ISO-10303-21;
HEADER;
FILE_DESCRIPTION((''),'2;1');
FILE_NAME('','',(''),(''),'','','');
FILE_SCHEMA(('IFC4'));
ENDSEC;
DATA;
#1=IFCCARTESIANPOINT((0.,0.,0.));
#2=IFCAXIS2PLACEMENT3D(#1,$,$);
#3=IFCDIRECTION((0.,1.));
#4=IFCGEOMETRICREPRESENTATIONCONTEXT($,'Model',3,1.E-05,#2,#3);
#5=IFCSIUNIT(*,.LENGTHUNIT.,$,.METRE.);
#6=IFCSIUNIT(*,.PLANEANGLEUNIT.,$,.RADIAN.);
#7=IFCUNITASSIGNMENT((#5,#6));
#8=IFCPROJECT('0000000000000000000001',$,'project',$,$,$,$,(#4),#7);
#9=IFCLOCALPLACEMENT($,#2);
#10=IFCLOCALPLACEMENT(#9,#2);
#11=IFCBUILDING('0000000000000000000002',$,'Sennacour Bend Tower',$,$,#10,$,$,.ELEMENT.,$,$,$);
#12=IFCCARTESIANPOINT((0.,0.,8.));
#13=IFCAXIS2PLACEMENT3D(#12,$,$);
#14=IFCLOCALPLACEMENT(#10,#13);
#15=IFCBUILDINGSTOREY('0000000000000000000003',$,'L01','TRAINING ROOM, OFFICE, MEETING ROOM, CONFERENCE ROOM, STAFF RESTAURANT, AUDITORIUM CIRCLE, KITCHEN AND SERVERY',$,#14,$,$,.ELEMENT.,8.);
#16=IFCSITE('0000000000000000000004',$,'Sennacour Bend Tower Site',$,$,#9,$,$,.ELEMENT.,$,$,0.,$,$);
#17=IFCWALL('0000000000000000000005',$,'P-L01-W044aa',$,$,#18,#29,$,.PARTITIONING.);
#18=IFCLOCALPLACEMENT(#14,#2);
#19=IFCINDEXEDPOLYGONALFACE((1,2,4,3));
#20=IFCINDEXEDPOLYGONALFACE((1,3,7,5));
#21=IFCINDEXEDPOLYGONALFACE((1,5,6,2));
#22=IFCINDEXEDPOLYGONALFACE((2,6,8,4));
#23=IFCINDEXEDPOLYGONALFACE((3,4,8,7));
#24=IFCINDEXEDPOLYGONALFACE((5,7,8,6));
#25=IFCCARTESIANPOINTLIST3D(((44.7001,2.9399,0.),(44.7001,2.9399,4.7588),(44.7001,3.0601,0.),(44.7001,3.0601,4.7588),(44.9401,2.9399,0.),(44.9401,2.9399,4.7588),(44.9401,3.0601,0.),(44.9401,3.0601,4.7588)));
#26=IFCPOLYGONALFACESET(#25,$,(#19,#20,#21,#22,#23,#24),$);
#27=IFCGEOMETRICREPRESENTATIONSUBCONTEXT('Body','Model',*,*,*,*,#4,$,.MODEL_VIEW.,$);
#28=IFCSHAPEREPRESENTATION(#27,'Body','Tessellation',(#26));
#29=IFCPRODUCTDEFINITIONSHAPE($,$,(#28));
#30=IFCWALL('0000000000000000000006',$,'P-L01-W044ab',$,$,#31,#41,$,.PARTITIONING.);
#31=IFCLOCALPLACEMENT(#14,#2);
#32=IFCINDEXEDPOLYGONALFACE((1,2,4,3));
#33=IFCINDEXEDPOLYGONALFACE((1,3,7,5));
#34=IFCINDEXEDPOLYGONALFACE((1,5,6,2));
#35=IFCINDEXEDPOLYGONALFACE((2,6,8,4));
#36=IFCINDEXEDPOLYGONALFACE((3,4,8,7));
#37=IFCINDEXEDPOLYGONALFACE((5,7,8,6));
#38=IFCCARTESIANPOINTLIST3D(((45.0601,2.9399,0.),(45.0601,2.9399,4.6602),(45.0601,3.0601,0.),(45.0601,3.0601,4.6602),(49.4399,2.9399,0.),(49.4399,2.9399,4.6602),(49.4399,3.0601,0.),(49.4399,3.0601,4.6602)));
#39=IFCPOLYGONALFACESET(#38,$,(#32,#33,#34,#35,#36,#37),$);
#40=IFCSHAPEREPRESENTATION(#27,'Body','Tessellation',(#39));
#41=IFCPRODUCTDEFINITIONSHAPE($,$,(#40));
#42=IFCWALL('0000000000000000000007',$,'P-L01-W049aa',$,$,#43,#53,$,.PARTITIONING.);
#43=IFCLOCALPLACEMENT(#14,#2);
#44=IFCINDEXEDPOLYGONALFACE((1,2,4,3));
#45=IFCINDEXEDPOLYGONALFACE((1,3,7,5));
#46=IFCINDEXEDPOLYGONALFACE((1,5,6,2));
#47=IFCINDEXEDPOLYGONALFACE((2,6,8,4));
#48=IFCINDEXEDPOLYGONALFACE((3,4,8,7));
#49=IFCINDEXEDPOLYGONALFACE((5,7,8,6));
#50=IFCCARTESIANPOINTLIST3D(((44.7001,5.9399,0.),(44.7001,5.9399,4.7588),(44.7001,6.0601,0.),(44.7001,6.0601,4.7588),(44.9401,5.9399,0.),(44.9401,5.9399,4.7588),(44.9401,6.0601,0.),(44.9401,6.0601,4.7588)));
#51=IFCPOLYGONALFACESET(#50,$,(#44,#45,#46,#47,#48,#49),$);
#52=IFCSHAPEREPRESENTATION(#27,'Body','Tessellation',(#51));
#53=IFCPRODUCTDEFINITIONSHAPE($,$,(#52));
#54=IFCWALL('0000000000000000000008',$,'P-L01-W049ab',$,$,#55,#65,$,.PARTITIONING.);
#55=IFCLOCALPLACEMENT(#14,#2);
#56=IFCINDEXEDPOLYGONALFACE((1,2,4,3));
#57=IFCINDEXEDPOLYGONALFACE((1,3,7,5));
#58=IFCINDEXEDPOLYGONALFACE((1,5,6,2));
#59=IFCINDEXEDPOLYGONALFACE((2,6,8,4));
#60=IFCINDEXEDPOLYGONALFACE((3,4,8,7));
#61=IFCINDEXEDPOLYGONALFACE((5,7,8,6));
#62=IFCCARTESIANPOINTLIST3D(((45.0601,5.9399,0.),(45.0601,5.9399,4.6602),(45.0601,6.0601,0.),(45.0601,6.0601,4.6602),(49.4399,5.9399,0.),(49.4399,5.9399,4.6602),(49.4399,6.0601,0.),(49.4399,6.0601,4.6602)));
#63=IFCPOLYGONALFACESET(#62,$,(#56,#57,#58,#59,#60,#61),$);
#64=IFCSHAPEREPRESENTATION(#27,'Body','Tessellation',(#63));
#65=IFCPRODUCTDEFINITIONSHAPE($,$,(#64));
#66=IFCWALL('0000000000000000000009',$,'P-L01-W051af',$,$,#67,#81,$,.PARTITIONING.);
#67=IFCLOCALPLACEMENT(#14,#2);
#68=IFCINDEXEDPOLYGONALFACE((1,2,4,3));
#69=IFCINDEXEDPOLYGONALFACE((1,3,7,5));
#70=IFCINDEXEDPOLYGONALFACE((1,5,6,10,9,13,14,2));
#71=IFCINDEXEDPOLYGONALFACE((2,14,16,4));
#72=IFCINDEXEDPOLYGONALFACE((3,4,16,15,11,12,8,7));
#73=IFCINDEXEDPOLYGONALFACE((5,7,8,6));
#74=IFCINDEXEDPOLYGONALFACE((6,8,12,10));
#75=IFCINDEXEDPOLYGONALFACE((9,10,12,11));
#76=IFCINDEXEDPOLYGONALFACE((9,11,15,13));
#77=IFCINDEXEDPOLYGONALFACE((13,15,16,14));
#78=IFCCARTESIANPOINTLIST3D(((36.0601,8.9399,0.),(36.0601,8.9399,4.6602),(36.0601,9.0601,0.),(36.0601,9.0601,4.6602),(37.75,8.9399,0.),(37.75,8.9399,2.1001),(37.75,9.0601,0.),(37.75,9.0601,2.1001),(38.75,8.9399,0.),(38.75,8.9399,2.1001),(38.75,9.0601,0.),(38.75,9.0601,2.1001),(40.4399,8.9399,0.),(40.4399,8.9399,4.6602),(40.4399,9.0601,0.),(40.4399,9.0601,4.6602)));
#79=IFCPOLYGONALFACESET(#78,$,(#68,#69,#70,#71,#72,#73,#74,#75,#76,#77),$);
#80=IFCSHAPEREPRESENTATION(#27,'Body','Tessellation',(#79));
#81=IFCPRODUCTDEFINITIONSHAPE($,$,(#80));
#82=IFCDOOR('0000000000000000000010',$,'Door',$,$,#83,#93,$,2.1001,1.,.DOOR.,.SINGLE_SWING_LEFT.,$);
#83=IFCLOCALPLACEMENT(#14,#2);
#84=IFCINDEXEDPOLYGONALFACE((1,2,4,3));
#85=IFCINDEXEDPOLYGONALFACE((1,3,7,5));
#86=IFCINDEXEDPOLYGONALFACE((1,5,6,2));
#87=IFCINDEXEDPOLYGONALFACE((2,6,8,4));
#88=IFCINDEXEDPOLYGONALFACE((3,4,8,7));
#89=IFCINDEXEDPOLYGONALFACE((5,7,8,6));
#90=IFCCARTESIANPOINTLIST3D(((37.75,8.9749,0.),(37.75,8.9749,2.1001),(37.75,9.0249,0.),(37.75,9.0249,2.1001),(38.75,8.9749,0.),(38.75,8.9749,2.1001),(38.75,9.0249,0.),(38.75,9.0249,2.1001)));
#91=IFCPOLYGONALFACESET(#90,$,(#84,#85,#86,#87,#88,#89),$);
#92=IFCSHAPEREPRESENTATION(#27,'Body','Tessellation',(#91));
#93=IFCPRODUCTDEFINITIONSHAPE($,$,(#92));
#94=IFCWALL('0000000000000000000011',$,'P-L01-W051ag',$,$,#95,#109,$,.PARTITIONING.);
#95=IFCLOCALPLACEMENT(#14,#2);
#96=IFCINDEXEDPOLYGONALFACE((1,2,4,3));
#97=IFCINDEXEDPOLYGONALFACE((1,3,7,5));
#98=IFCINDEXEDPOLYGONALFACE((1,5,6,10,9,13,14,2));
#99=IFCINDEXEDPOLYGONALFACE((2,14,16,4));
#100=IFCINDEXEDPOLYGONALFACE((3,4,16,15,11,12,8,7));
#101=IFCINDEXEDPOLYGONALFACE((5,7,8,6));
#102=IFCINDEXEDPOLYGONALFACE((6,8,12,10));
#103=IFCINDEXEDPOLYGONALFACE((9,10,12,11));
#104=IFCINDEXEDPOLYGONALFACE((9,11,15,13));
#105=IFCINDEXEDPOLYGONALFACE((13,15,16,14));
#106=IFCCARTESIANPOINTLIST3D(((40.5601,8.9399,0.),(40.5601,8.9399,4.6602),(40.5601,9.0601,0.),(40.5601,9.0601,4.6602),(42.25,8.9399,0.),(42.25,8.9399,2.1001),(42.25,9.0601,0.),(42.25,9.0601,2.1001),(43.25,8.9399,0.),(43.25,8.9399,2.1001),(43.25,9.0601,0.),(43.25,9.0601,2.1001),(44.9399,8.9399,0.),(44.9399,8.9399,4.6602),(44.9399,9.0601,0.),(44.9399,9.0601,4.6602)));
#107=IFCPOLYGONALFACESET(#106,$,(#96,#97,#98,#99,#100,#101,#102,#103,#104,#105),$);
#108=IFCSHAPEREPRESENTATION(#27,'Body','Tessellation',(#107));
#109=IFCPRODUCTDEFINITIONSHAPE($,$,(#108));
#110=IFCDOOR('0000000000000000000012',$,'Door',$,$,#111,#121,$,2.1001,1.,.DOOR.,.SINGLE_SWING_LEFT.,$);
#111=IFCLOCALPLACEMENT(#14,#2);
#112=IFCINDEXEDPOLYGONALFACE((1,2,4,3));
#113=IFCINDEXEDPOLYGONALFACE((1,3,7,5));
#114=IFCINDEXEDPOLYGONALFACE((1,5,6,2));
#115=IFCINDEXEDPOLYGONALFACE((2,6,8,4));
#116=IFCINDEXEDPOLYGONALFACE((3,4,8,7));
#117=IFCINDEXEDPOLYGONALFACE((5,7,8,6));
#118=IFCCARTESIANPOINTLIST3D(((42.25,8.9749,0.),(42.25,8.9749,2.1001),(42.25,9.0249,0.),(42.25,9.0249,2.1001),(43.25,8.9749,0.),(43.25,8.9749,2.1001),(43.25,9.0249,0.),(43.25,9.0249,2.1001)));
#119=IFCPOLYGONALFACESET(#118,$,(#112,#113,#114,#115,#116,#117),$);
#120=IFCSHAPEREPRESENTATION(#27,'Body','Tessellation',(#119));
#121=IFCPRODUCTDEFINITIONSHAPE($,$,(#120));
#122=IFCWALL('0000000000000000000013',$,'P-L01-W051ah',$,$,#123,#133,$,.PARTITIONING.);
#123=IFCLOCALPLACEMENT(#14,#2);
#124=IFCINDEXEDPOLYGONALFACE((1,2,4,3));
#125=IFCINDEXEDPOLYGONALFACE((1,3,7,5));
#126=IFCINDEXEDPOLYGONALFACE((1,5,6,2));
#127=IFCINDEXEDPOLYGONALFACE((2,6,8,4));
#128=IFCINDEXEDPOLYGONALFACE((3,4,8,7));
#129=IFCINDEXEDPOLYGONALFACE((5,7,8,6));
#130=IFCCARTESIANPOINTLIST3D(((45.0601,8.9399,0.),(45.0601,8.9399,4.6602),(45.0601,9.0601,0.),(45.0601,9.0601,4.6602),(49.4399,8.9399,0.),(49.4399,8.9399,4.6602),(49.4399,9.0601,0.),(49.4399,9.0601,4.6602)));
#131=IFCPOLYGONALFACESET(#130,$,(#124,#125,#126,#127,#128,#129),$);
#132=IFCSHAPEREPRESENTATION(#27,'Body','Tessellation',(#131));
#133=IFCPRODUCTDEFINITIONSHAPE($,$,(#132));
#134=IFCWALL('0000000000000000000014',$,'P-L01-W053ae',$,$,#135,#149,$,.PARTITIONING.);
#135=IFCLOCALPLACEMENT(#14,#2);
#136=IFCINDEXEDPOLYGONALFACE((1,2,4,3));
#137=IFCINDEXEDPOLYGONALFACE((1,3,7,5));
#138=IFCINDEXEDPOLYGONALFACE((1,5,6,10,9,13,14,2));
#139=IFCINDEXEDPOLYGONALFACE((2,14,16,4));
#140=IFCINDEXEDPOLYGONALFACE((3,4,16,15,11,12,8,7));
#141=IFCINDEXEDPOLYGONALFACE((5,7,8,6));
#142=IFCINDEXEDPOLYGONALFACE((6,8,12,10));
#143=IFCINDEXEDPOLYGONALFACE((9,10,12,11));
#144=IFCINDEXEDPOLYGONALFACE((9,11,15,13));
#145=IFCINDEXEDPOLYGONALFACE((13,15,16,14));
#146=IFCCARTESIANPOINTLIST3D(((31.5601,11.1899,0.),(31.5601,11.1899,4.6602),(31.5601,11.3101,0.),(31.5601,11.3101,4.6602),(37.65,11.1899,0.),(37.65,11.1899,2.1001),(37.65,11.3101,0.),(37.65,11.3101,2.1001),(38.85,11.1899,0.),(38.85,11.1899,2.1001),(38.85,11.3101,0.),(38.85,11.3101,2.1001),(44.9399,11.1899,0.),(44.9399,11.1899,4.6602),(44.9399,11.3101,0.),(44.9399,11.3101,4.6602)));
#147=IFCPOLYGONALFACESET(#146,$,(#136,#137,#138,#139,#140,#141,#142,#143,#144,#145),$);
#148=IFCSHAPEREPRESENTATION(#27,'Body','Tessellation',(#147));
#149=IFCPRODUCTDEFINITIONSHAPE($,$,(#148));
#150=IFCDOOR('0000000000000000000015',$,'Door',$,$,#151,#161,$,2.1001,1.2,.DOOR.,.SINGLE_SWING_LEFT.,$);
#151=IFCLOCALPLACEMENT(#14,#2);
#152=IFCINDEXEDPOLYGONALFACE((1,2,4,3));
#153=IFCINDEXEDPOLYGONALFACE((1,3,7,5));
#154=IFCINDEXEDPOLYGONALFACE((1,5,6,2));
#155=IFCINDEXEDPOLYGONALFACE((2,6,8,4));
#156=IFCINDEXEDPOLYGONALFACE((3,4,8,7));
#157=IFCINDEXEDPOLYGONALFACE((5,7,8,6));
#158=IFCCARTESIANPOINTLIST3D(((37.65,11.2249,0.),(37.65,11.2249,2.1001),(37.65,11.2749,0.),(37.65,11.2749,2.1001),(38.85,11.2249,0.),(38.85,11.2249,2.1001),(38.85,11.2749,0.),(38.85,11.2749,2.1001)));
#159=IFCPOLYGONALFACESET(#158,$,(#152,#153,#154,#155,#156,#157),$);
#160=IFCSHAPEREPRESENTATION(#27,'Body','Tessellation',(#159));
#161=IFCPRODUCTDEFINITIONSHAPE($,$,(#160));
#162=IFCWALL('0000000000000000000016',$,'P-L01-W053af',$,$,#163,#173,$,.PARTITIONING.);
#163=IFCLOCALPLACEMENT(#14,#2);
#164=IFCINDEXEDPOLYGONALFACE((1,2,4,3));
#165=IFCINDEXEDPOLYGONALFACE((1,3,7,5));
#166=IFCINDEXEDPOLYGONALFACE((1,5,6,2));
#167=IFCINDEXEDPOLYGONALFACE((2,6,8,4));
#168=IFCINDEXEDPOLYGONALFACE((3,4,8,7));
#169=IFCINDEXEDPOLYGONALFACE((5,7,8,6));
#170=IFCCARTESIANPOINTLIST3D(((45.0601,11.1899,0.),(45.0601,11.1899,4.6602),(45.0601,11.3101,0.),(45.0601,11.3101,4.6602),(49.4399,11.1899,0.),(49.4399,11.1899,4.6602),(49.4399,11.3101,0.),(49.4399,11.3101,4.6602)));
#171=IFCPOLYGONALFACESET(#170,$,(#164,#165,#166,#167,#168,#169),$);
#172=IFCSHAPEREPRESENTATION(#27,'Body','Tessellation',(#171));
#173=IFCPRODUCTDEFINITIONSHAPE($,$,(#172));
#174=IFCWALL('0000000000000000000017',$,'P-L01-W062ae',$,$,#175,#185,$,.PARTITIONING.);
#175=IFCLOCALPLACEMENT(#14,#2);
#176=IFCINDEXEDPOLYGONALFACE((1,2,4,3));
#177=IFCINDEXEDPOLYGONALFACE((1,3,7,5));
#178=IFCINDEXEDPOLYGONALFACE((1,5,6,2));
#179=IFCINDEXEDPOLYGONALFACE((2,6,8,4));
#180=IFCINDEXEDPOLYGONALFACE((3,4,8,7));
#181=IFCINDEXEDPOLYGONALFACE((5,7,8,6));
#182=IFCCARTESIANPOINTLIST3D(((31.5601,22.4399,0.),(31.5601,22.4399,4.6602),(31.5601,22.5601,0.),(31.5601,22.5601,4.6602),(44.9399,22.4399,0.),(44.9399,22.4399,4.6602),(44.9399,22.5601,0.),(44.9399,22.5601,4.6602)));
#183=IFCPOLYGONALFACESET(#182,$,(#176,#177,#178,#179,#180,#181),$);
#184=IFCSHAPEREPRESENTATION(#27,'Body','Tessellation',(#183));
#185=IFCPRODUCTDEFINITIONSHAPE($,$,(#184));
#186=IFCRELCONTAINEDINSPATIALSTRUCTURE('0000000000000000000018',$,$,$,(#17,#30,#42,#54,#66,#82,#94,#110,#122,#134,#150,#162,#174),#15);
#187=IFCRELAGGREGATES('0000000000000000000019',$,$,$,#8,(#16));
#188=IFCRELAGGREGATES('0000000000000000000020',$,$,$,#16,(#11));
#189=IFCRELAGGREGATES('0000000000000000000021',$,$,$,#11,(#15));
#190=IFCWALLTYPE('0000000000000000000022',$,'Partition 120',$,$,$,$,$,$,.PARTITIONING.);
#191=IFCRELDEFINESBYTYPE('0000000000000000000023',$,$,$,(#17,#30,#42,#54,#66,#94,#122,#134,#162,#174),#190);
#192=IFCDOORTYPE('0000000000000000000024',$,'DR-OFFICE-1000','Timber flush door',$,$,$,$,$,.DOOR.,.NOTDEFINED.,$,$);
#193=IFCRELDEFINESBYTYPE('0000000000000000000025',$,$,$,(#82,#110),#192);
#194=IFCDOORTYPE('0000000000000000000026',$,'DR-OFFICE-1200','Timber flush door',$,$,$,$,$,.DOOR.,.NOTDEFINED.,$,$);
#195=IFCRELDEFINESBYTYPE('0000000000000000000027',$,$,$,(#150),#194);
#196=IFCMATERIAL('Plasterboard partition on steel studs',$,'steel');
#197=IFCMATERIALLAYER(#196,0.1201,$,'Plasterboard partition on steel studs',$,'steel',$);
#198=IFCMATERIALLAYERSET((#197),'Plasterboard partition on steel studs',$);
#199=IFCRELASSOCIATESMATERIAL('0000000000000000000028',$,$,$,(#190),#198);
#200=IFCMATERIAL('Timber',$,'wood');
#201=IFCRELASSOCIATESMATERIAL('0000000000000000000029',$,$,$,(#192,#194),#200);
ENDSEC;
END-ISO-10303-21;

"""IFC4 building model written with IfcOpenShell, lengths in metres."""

from ifc_helpers import new_model, si_unit, direction, frame, frame_2d, origin, place, context, subcontext, project, spatial, rectangle, extrude, material, layer, layer_set, type_object, element, fill, save


model = new_model("IFC4")

# Units and contexts
model_context = context("Model", 3, precision=1e-05, world=origin(), true_north=direction((0.0, 1.0)))
body_context = subcontext(model_context, "Body", "Model", "MODEL_VIEW")
ifc_project = project(units=[si_unit("LENGTHUNIT", "METRE"), si_unit("PLANEANGLEUNIT", "RADIAN")], contexts=[model_context])

# Site, building, storey
site_placement = place(None, origin())
site = spatial("IfcSite", under=ifc_project, at=site_placement, Name="Sennacour Bend Tower Site", CompositionType="ELEMENT", RefElevation=0.0)
building_placement = place(site_placement, origin())
building = spatial("IfcBuilding", under=site, at=building_placement, Name="Sennacour Bend Tower", CompositionType="ELEMENT")
storey_placement = place(building_placement, frame((0.0, 0.0, 8.0)))
storey = spatial("IfcBuildingStorey", under=building, at=storey_placement, Name="L01", Description="TRAINING ROOM, OFFICE, MEETING ROOM, CONFERENCE ROOM, STAFF RESTAURANT, AUDITORIUM CIRCLE, KITCHEN AND SERVERY", CompositionType="ELEMENT", Elevation=8.0)

# Walls
ifc_material_1 = material(Name="Plasterboard partition on steel studs", Category="steel")
ifc_layer = layer(ifc_material_1, 0.1201, Name="Plasterboard partition on steel studs", Category="steel")
ifc_layer_set = layer_set([ifc_layer], Name="Plasterboard partition on steel studs")
wall_type = type_object("IfcWallType", Name="Partition 120", PredefinedType="PARTITIONING", material=ifc_layer_set)
wall_1_placement = place(storey_placement, frame((44.7, 3.0, 0.0), z_axis=(0.0, 0.0, 1.0), x_axis=(1.0, 0.0, 0.0)))
element("IfcWall", 1, at=wall_1_placement, inside=storey, type_object=wall_type, Name="P-L01-W044aa", PredefinedType="PARTITIONING", context=body_context, shape_type="SweptSolid", body=[
    extrude(rectangle(XDim=0.24, YDim=0.1201, at=frame_2d((0.1201, 0.0))), origin(), (0.0, 0.0, 1.0), 4.7588),
])
wall_2_placement = place(storey_placement, frame((45.0601, 3.0, 0.0), z_axis=(0.0, 0.0, 1.0), x_axis=(1.0, 0.0, 0.0)))
element("IfcWall", 2, at=wall_2_placement, inside=storey, type_object=wall_type, Name="P-L01-W044ab", PredefinedType="PARTITIONING", context=body_context, shape_type="SweptSolid", body=[
    extrude(rectangle(XDim=4.3799, YDim=0.1201, at=frame_2d((2.1899, 0.0))), origin(), (0.0, 0.0, 1.0), 4.6602),
])
wall_3_placement = place(storey_placement, frame((44.7, 6.0, 0.0), z_axis=(0.0, 0.0, 1.0), x_axis=(1.0, 0.0, 0.0)))
element("IfcWall", 3, at=wall_3_placement, inside=storey, type_object=wall_type, Name="P-L01-W049aa", PredefinedType="PARTITIONING", context=body_context, shape_type="SweptSolid", body=[
    extrude(rectangle(XDim=0.24, YDim=0.1201, at=frame_2d((0.1201, 0.0))), origin(), (0.0, 0.0, 1.0), 4.7588),
])
wall_4_placement = place(storey_placement, frame((45.0601, 6.0, 0.0), z_axis=(0.0, 0.0, 1.0), x_axis=(1.0, 0.0, 0.0)))
element("IfcWall", 4, at=wall_4_placement, inside=storey, type_object=wall_type, Name="P-L01-W049ab", PredefinedType="PARTITIONING", context=body_context, shape_type="SweptSolid", body=[
    extrude(rectangle(XDim=4.3799, YDim=0.1201, at=frame_2d((2.1899, 0.0))), origin(), (0.0, 0.0, 1.0), 4.6602),
])

# Walls, openings, doors
wall_5_placement = place(storey_placement, frame((36.0601, 9.0, 0.0), z_axis=(0.0, 0.0, 1.0), x_axis=(1.0, 0.0, 0.0)))
wall_5 = element("IfcWall", 5, at=wall_5_placement, inside=storey, type_object=wall_type, Name="P-L01-W051af", PredefinedType="PARTITIONING", context=body_context, shape_type="SweptSolid", body=[
    extrude(rectangle(XDim=4.3799, YDim=0.1201, at=frame_2d((2.1899, 0.0))), origin(), (0.0, 0.0, 1.0), 4.6602),
])
opening_1_placement = place(wall_5_placement, frame((1.6899, 0.0, 0.0)))
opening_1 = element("IfcOpeningElement", 6, at=opening_1_placement, cuts=wall_5, PredefinedType="OPENING", context=body_context, shape_type="SweptSolid", body=[
    extrude(rectangle(XDim=1.0, YDim=2.1001, at=frame_2d((0.5, 1.05))), frame((0.0, 0.0701, 0.0), z_axis=(0.0, -1.0, 0.0), x_axis=(1.0, 0.0, 0.0)), (0.0, 0.0, 1.0), 0.1401),
])
ifc_material_2 = material(Name="Timber", Category="wood")
door_type_1 = type_object("IfcDoorType", Name="DR-OFFICE-1000", Description="Timber flush door", OperationType="NOTDEFINED", PredefinedType="DOOR", material=ifc_material_2)
door_1_placement = place(opening_1_placement, origin())
door_1 = element("IfcDoor", 7, at=door_1_placement, inside=storey, type_object=door_type_1, Name="Door", OperationType="SINGLE_SWING_LEFT", OverallHeight=2.1001, OverallWidth=1.0, PredefinedType="DOOR", context=body_context, shape_type="SweptSolid", body=[
    extrude(rectangle(XDim=1.0, YDim=2.1001, at=frame_2d((0.5, 1.05))), frame((0.0, 0.0249, 0.0), z_axis=(0.0, -1.0, 0.0), x_axis=(1.0, 0.0, 0.0)), (0.0, 0.0, 1.0), 0.05),
])
fill(opening_1, door_1)
wall_6_placement = place(storey_placement, frame((40.5601, 9.0, 0.0), z_axis=(0.0, 0.0, 1.0), x_axis=(1.0, 0.0, 0.0)))
wall_6 = element("IfcWall", 8, at=wall_6_placement, inside=storey, type_object=wall_type, Name="P-L01-W051ag", PredefinedType="PARTITIONING", context=body_context, shape_type="SweptSolid", body=[
    extrude(rectangle(XDim=4.3799, YDim=0.1201, at=frame_2d((2.1899, 0.0))), origin(), (0.0, 0.0, 1.0), 4.6602),
])
opening_2_placement = place(wall_6_placement, frame((1.6899, 0.0, 0.0)))
opening_2 = element("IfcOpeningElement", 9, at=opening_2_placement, cuts=wall_6, PredefinedType="OPENING", context=body_context, shape_type="SweptSolid", body=[
    extrude(rectangle(XDim=1.0, YDim=2.1001, at=frame_2d((0.5, 1.05))), frame((0.0, 0.0701, 0.0), z_axis=(0.0, -1.0, 0.0), x_axis=(1.0, 0.0, 0.0)), (0.0, 0.0, 1.0), 0.1401),
])
door_2_placement = place(opening_2_placement, origin())
door_2 = element("IfcDoor", 10, at=door_2_placement, inside=storey, type_object=door_type_1, Name="Door", OperationType="SINGLE_SWING_LEFT", OverallHeight=2.1001, OverallWidth=1.0, PredefinedType="DOOR", context=body_context, shape_type="SweptSolid", body=[
    extrude(rectangle(XDim=1.0, YDim=2.1001, at=frame_2d((0.5, 1.05))), frame((0.0, 0.0249, 0.0), z_axis=(0.0, -1.0, 0.0), x_axis=(1.0, 0.0, 0.0)), (0.0, 0.0, 1.0), 0.05),
])
fill(opening_2, door_2)

# Wall
wall_7_placement = place(storey_placement, frame((45.0601, 9.0, 0.0), z_axis=(0.0, 0.0, 1.0), x_axis=(1.0, 0.0, 0.0)))
element("IfcWall", 11, at=wall_7_placement, inside=storey, type_object=wall_type, Name="P-L01-W051ah", PredefinedType="PARTITIONING", context=body_context, shape_type="SweptSolid", body=[
    extrude(rectangle(XDim=4.3799, YDim=0.1201, at=frame_2d((2.1899, 0.0))), origin(), (0.0, 0.0, 1.0), 4.6602),
])

# Wall, opening, door
wall_8_placement = place(storey_placement, frame((31.5601, 11.25, 0.0), z_axis=(0.0, 0.0, 1.0), x_axis=(1.0, 0.0, 0.0)))
wall_8 = element("IfcWall", 12, at=wall_8_placement, inside=storey, type_object=wall_type, Name="P-L01-W053ae", PredefinedType="PARTITIONING", context=body_context, shape_type="SweptSolid", body=[
    extrude(rectangle(XDim=13.3799, YDim=0.1201, at=frame_2d((6.6899, 0.0))), origin(), (0.0, 0.0, 1.0), 4.6602),
])
opening_3_placement = place(wall_8_placement, frame((6.0898, 0.0, 0.0)))
opening_3 = element("IfcOpeningElement", 13, at=opening_3_placement, cuts=wall_8, PredefinedType="OPENING", context=body_context, shape_type="SweptSolid", body=[
    extrude(rectangle(XDim=1.2, YDim=2.1001, at=frame_2d((0.6001, 1.05))), frame((0.0, 0.0701, 0.0), z_axis=(0.0, -1.0, 0.0), x_axis=(1.0, 0.0, 0.0)), (0.0, 0.0, 1.0), 0.1401),
])
door_type_2 = type_object("IfcDoorType", Name="DR-OFFICE-1200", Description="Timber flush door", OperationType="NOTDEFINED", PredefinedType="DOOR", material=ifc_material_2)
door_3_placement = place(opening_3_placement, origin())
door_3 = element("IfcDoor", 14, at=door_3_placement, inside=storey, type_object=door_type_2, Name="Door", OperationType="SINGLE_SWING_LEFT", OverallHeight=2.1001, OverallWidth=1.2, PredefinedType="DOOR", context=body_context, shape_type="SweptSolid", body=[
    extrude(rectangle(XDim=1.2, YDim=2.1001, at=frame_2d((0.6001, 1.05))), frame((0.0, 0.0249, 0.0), z_axis=(0.0, -1.0, 0.0), x_axis=(1.0, 0.0, 0.0)), (0.0, 0.0, 1.0), 0.05),
])
fill(opening_3, door_3)

# Walls
wall_9_placement = place(storey_placement, frame((45.0601, 11.25, 0.0), z_axis=(0.0, 0.0, 1.0), x_axis=(1.0, 0.0, 0.0)))
element("IfcWall", 15, at=wall_9_placement, inside=storey, type_object=wall_type, Name="P-L01-W053af", PredefinedType="PARTITIONING", context=body_context, shape_type="SweptSolid", body=[
    extrude(rectangle(XDim=4.3799, YDim=0.1201, at=frame_2d((2.1899, 0.0))), origin(), (0.0, 0.0, 1.0), 4.6602),
])
wall_10_placement = place(storey_placement, frame((31.5601, 22.5, 0.0), z_axis=(0.0, 0.0, 1.0), x_axis=(1.0, 0.0, 0.0)))
element("IfcWall", 16, at=wall_10_placement, inside=storey, type_object=wall_type, Name="P-L01-W062ae", PredefinedType="PARTITIONING", context=body_context, shape_type="SweptSolid", body=[
    extrude(rectangle(XDim=13.3799, YDim=0.1201, at=frame_2d((6.6899, 0.0))), origin(), (0.0, 0.0, 1.0), 4.6602),
])

save(model, "model.ifc")
